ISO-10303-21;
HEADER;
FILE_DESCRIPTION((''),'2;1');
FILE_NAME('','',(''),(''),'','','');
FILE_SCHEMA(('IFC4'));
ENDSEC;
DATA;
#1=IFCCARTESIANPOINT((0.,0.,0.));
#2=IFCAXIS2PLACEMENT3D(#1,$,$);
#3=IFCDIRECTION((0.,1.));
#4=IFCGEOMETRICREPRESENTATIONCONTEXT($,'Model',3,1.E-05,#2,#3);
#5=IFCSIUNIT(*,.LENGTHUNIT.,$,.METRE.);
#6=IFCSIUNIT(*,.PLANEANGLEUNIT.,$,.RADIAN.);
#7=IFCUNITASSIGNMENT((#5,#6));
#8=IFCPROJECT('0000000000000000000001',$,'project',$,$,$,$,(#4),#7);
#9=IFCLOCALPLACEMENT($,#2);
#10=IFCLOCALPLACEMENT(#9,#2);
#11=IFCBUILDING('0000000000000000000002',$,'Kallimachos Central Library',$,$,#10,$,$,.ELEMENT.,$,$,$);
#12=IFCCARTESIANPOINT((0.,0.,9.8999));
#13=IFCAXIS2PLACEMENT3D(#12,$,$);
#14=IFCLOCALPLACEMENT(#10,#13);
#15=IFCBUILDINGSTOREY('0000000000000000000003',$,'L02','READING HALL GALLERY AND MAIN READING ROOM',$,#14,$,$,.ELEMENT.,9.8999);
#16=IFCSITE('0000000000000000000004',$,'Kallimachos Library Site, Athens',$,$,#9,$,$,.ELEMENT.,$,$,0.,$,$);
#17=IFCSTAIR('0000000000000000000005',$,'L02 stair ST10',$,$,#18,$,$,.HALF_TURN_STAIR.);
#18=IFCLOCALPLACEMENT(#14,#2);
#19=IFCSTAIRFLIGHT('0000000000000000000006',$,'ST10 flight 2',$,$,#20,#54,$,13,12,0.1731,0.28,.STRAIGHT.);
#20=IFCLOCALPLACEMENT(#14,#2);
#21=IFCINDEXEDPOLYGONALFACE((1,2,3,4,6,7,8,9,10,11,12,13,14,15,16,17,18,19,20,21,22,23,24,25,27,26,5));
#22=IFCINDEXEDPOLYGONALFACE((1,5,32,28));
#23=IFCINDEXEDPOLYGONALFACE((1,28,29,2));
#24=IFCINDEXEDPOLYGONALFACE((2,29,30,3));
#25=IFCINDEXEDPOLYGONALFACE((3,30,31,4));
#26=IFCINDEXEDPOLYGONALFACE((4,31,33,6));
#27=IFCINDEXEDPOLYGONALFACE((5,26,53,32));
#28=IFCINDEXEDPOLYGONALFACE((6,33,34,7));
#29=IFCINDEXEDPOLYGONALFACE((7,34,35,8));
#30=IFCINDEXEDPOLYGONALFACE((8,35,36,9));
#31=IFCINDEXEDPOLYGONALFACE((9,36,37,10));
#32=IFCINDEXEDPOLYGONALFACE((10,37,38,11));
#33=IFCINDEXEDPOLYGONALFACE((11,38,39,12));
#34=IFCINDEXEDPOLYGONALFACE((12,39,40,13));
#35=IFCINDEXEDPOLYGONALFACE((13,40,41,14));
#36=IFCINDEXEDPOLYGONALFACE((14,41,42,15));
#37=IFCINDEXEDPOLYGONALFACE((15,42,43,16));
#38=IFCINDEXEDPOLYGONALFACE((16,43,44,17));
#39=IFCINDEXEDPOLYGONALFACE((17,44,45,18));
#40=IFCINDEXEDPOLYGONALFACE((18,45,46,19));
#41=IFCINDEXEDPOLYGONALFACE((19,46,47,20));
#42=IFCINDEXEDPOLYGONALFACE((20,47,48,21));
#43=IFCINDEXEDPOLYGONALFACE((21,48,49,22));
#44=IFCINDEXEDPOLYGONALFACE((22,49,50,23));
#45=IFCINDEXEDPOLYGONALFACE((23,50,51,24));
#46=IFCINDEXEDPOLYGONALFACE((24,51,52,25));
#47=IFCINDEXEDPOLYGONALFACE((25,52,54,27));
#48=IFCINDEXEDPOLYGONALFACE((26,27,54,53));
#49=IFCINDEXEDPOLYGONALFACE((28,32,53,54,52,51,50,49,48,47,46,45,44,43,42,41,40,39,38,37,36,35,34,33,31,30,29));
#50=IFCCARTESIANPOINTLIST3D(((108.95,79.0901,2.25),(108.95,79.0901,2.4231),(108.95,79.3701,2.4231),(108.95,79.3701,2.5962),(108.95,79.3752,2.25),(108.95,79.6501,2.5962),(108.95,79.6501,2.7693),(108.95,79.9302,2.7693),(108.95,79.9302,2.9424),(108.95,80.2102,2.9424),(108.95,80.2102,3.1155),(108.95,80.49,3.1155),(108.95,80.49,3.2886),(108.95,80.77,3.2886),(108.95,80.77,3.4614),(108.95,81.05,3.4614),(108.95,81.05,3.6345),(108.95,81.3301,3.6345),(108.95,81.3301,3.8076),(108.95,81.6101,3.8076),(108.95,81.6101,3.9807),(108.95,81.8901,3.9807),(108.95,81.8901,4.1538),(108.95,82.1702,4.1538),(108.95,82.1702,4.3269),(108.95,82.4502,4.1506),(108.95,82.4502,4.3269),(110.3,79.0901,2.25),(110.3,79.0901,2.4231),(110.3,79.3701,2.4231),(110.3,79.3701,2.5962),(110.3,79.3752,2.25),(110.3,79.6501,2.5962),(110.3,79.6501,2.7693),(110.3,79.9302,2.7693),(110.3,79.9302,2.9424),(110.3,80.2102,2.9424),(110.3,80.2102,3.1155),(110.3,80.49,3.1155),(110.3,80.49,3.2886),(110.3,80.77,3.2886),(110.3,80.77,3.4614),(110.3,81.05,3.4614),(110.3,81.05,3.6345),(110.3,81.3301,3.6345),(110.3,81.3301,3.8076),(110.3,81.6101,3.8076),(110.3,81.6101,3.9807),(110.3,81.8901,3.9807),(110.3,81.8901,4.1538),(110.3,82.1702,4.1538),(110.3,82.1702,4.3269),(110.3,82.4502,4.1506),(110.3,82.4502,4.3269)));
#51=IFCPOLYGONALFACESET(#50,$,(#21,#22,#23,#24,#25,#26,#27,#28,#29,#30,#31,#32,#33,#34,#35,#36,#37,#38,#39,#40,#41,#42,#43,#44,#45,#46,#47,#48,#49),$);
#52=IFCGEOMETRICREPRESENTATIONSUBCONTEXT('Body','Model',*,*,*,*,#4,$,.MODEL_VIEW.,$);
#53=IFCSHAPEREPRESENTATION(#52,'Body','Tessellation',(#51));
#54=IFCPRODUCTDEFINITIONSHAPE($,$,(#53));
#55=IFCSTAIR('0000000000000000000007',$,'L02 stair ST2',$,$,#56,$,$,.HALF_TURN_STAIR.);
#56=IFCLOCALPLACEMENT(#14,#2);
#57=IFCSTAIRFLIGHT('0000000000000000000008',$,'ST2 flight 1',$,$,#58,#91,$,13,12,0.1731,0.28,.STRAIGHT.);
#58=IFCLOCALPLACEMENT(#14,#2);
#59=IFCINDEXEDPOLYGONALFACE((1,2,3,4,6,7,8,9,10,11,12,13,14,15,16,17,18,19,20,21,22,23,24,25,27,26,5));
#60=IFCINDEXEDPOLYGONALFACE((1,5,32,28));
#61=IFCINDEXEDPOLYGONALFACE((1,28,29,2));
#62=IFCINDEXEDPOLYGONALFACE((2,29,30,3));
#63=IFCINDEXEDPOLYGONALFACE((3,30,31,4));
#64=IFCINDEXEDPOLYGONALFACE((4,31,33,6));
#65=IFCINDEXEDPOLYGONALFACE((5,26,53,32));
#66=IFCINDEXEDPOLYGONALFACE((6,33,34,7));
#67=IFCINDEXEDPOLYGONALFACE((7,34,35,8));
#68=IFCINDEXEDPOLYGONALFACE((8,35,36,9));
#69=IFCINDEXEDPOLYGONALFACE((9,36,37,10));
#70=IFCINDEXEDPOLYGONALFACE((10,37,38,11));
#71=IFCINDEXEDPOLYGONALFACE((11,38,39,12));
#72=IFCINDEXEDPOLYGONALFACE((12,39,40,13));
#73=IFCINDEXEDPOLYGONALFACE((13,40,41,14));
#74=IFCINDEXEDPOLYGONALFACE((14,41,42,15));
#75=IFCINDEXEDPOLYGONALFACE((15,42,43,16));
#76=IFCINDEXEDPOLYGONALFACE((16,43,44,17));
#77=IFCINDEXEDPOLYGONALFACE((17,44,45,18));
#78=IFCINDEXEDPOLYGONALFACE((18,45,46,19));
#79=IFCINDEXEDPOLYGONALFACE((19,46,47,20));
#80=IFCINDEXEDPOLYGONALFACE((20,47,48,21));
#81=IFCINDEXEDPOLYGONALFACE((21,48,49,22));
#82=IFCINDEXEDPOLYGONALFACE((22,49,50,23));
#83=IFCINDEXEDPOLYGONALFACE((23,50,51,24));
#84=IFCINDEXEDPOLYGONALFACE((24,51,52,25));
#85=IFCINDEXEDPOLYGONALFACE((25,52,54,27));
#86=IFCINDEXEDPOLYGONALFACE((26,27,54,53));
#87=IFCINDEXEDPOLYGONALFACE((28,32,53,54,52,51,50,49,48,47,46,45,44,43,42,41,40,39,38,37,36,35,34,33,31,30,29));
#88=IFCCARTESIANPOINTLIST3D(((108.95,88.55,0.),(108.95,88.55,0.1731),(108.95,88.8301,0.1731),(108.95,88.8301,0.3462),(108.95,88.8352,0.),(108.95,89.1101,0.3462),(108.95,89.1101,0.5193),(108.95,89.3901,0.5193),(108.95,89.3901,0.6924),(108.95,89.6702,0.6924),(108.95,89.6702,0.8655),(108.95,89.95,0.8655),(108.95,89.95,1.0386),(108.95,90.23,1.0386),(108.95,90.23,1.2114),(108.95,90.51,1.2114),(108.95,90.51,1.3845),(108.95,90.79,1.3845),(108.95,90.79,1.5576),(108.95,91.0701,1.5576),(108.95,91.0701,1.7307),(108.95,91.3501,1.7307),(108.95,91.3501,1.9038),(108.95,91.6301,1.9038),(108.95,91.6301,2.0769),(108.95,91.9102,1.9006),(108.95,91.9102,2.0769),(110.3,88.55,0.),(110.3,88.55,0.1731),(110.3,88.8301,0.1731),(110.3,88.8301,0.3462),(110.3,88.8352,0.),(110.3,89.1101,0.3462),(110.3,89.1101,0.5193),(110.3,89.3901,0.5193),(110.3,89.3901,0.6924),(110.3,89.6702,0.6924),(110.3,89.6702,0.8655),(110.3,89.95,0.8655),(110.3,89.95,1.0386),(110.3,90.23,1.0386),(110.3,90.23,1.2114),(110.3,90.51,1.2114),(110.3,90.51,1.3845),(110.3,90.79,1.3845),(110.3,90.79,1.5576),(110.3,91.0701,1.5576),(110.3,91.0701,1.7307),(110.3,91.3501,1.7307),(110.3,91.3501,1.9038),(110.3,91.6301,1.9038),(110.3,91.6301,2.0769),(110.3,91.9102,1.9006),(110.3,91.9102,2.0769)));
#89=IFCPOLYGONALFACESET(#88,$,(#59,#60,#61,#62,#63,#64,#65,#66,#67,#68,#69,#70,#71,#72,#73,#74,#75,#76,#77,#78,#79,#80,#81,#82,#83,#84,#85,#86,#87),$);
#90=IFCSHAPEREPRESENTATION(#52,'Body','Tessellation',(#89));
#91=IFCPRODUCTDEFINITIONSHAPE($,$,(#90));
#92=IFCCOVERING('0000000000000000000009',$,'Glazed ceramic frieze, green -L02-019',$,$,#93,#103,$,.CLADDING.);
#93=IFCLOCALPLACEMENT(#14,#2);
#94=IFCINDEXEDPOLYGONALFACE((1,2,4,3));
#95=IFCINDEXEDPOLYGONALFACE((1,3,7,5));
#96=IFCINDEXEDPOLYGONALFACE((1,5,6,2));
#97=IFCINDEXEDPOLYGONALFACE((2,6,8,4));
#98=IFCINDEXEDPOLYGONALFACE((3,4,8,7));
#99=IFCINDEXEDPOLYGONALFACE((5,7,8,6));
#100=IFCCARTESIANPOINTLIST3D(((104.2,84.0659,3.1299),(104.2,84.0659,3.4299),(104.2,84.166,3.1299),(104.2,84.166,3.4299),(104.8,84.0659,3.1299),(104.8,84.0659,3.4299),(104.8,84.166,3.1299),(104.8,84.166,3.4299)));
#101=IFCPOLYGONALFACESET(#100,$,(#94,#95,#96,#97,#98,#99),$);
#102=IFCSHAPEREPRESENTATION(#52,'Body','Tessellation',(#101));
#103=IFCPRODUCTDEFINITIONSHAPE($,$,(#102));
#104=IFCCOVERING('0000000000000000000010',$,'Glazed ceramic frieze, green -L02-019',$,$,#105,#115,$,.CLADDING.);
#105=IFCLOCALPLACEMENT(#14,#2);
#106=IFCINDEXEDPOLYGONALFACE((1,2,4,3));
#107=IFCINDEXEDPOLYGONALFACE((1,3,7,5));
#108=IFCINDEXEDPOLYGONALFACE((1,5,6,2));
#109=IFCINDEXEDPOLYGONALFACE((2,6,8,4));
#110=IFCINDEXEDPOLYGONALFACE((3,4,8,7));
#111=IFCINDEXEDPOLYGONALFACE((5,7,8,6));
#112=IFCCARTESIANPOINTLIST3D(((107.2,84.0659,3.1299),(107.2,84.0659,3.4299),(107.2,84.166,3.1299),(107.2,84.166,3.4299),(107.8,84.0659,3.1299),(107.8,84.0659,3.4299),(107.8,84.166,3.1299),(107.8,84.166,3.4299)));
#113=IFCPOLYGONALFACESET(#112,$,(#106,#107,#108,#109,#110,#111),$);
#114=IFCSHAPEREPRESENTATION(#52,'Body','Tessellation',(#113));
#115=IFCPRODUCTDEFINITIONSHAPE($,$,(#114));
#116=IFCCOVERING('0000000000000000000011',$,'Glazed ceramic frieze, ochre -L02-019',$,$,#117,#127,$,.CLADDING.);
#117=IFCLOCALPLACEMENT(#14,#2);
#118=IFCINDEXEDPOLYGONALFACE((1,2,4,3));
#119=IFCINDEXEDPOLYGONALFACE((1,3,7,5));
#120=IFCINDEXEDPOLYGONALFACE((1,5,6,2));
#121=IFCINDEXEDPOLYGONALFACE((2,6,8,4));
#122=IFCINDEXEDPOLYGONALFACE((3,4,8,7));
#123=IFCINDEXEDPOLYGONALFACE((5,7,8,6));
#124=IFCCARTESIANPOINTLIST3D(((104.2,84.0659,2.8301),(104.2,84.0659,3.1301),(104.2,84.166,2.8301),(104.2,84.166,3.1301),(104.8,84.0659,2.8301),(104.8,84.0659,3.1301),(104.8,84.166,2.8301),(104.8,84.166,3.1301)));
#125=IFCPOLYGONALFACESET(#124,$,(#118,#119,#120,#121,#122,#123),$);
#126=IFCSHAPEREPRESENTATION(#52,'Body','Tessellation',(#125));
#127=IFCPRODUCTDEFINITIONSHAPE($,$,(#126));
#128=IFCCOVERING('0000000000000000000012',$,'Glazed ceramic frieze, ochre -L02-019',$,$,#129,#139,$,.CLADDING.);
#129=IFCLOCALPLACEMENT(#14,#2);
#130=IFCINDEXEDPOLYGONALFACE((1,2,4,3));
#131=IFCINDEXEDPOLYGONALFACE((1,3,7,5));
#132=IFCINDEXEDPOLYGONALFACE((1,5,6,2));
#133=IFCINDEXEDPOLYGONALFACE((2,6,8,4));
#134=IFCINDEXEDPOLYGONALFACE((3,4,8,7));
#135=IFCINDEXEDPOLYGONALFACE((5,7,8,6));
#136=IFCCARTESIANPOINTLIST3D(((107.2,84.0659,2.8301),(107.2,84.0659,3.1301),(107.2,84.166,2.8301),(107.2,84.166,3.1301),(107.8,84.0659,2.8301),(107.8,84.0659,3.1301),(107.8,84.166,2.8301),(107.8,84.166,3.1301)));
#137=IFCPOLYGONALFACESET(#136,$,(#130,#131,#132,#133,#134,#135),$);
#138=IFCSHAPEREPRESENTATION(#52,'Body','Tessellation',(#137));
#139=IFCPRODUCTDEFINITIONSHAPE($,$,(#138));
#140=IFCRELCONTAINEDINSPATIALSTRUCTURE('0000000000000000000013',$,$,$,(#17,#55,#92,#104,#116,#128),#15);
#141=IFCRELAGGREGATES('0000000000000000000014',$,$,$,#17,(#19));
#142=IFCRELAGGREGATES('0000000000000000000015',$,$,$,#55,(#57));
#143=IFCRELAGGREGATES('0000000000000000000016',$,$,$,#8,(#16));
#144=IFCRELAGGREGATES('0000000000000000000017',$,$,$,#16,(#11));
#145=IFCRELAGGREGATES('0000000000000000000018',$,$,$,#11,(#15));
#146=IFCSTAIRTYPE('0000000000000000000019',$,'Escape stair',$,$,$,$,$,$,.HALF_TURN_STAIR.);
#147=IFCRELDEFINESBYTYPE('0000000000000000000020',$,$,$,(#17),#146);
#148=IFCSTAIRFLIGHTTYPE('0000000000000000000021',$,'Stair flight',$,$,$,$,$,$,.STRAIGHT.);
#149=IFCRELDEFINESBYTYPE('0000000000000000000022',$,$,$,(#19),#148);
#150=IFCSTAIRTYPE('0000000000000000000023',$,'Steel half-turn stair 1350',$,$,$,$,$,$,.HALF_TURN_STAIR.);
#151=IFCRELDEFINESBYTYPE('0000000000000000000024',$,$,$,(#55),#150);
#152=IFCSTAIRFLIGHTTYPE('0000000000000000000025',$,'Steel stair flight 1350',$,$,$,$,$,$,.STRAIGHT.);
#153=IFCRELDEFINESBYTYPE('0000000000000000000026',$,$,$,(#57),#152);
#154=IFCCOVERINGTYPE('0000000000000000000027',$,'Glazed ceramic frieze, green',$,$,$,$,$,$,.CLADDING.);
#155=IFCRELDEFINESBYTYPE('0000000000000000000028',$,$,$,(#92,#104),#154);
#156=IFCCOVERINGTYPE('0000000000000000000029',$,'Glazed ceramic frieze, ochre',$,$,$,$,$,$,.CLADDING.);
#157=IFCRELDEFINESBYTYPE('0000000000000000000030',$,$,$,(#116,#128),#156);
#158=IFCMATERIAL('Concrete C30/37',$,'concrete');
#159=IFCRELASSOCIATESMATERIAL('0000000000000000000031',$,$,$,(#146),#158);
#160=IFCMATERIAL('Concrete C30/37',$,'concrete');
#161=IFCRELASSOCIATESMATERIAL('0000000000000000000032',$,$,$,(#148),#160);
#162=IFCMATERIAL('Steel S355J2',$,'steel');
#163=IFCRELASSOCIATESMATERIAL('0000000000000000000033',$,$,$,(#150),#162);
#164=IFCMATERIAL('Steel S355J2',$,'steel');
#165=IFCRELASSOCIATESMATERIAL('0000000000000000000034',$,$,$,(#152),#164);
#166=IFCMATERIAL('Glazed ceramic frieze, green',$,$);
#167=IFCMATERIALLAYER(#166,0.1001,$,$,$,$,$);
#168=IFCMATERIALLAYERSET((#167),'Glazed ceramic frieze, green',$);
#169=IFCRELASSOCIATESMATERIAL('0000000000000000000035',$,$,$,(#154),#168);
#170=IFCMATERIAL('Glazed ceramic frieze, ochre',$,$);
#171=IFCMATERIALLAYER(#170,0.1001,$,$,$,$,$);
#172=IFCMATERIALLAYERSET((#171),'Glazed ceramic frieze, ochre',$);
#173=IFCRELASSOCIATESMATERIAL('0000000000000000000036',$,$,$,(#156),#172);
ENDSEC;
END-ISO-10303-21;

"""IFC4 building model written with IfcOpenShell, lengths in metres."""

from ifc_helpers import new_model, si_unit, direction, frame, origin, origin_2d, place, context, subcontext, project, spatial, polyline, rectangle, outline, extrude, material, layer, layer_set, type_object, element, aggregate, save


model = new_model("IFC4")

# Units and contexts
model_context = context("Model", 3, precision=1e-05, world=origin(), true_north=direction((0.0, 1.0)))
body_context = subcontext(model_context, "Body", "Model", "MODEL_VIEW")
ifc_project = project(units=[si_unit("LENGTHUNIT", "METRE"), si_unit("PLANEANGLEUNIT", "RADIAN")], contexts=[model_context])

# Site, building, storey
site_placement = place(None, origin())
site = spatial("IfcSite", under=ifc_project, at=site_placement, Name="Kallimachos Library Site, Athens", CompositionType="ELEMENT", RefElevation=0.0)
building_placement = place(site_placement, origin())
building = spatial("IfcBuilding", under=site, at=building_placement, Name="Kallimachos Central Library", CompositionType="ELEMENT")
storey_placement = place(building_placement, frame((0.0, 0.0, 9.8999)))
storey = spatial("IfcBuildingStorey", under=building, at=storey_placement, Name="L02", Description="READING HALL GALLERY AND MAIN READING ROOM", CompositionType="ELEMENT", Elevation=9.8999)

# Stair, stair flight
ifc_material_1 = material(Name="Concrete C30/37", Category="concrete")
stair_type_1 = type_object("IfcStairType", Name="Escape stair", PredefinedType="HALF_TURN_STAIR", material=ifc_material_1)
stair_1_placement = place(storey_placement, origin())
stair_1 = element("IfcStair", 1, at=stair_1_placement, inside=storey, type_object=stair_type_1, Name="L02 stair ST10", PredefinedType="HALF_TURN_STAIR")
ifc_material_2 = material(Name="Concrete C30/37", Category="concrete")
stair_flight_type_1 = type_object("IfcStairFlightType", Name="Stair flight", PredefinedType="STRAIGHT", material=ifc_material_2)
stair_flight_1_placement = place(storey_placement, frame((109.625, 79.0901, 2.25), z_axis=(0.0, 0.0, 1.0), x_axis=(0.0, 1.0, 0.0)))
stair_flight_1 = element("IfcStairFlight", 2, at=stair_flight_1_placement, type_object=stair_flight_type_1, Name="ST10 flight 2", NumberOfRisers=13, NumberOfTreads=12, PredefinedType="STRAIGHT", RiserHeight=0.1731, TreadLength=0.28, context=body_context, shape_type="SweptSolid", body=[
    extrude(outline(polyline([(0.0, 0.0), (0.0, 0.1731), (0.28, 0.1731), (0.28, 0.3462), (0.5601, 0.3462), (0.5601, 0.5193), (0.8401, 0.5193), (0.8401, 0.6924), (1.1201, 0.6924), (1.1201, 0.8655), (1.3999, 0.8655), (1.3999, 1.0386), (1.6799, 1.0386), (1.6799, 1.2114), (1.96, 1.2114), (1.96, 1.3845), (2.24, 1.3845), (2.24, 1.5576), (2.52, 1.5576), (2.52, 1.7307), (2.8, 1.7307), (2.8, 1.9038), (3.0801, 1.9038), (3.0801, 2.0769), (3.3601, 2.0769), (3.3601, 2.25), (3.3601, 1.9006), (0.2852, 0.0), (0.0, 0.0)])), frame((0.0, 0.675, 0.0), z_axis=(0.0, -1.0, 0.0), x_axis=(1.0, 0.0, 0.0)), (0.0, 0.0, 1.0), 1.3501),
])
aggregate(stair_1, [stair_flight_1])

# Stair, stair flight
ifc_material_3 = material(Name="Steel S355J2", Category="steel")
stair_type_2 = type_object("IfcStairType", Name="Steel half-turn stair 1350", PredefinedType="HALF_TURN_STAIR", material=ifc_material_3)
stair_2_placement = place(storey_placement, origin())
stair_2 = element("IfcStair", 3, at=stair_2_placement, inside=storey, type_object=stair_type_2, Name="L02 stair ST2", PredefinedType="HALF_TURN_STAIR")
ifc_material_4 = material(Name="Steel S355J2", Category="steel")
stair_flight_type_2 = type_object("IfcStairFlightType", Name="Steel stair flight 1350", PredefinedType="STRAIGHT", material=ifc_material_4)
stair_flight_2_placement = place(storey_placement, frame((109.625, 88.55, 0.0), z_axis=(0.0, 0.0, 1.0), x_axis=(0.0, 1.0, 0.0)))
stair_flight_2 = element("IfcStairFlight", 4, at=stair_flight_2_placement, type_object=stair_flight_type_2, Name="ST2 flight 1", NumberOfRisers=13, NumberOfTreads=12, PredefinedType="STRAIGHT", RiserHeight=0.1731, TreadLength=0.28, context=body_context, shape_type="SweptSolid", body=[
    extrude(outline(polyline([(0.0, 0.0), (0.0, 0.1731), (0.28, 0.1731), (0.28, 0.3462), (0.5601, 0.3462), (0.5601, 0.5193), (0.8401, 0.5193), (0.8401, 0.6924), (1.1201, 0.6924), (1.1201, 0.8655), (1.3999, 0.8655), (1.3999, 1.0386), (1.6799, 1.0386), (1.6799, 1.2114), (1.96, 1.2114), (1.96, 1.3845), (2.24, 1.3845), (2.24, 1.5576), (2.52, 1.5576), (2.52, 1.7307), (2.8, 1.7307), (2.8, 1.9038), (3.0801, 1.9038), (3.0801, 2.0769), (3.3601, 2.0769), (3.3601, 2.25), (3.3601, 1.9006), (0.2852, 0.0), (0.0, 0.0)])), frame((0.0, 0.675, 0.0), z_axis=(0.0, -1.0, 0.0), x_axis=(1.0, 0.0, 0.0)), (0.0, 0.0, 1.0), 1.3501),
])
aggregate(stair_2, [stair_flight_2])

# Coverings
ifc_material_5 = material(Name="Glazed ceramic frieze, green")
ifc_layer_1 = layer(ifc_material_5, 0.1001)
ifc_layer_set_1 = layer_set([ifc_layer_1], Name="Glazed ceramic frieze, green")
covering_type_1 = type_object("IfcCoveringType", Name="Glazed ceramic frieze, green", PredefinedType="CLADDING", material=ifc_layer_set_1)
for number, where, z_axis, x_axis, name in (
    (5, (104.5, 84.116, 3.1299), (0.0, 0.0, 1.0), (1.0, 0.0, 0.0), "Glazed ceramic frieze, green -L02-019"),
    (6, (107.5, 84.116, 3.1299), (0.0, 0.0, 1.0), (1.0, 0.0, 0.0), "Glazed ceramic frieze, green -L02-019"),
):
    element("IfcCovering", number, at=place(storey_placement, frame(where, z_axis=z_axis, x_axis=x_axis)), inside=storey, type_object=covering_type_1, Name=name, PredefinedType="CLADDING", context=body_context, shape_type="SweptSolid", body=[
        extrude(rectangle(XDim=0.6001, YDim=0.1001, at=origin_2d()), origin(), (0.0, 0.0, 1.0), 0.3),
    ])
ifc_material_6 = material(Name="Glazed ceramic frieze, ochre")
ifc_layer_2 = layer(ifc_material_6, 0.1001)
ifc_layer_set_2 = layer_set([ifc_layer_2], Name="Glazed ceramic frieze, ochre")
covering_type_2 = type_object("IfcCoveringType", Name="Glazed ceramic frieze, ochre", PredefinedType="CLADDING", material=ifc_layer_set_2)
for number, where, z_axis, x_axis, name in (
    (7, (104.5, 84.116, 2.8301), (0.0, 0.0, 1.0), (1.0, 0.0, 0.0), "Glazed ceramic frieze, ochre -L02-019"),
    (8, (107.5, 84.116, 2.8301), (0.0, 0.0, 1.0), (1.0, 0.0, 0.0), "Glazed ceramic frieze, ochre -L02-019"),
):
    element("IfcCovering", number, at=place(storey_placement, frame(where, z_axis=z_axis, x_axis=x_axis)), inside=storey, type_object=covering_type_2, Name=name, PredefinedType="CLADDING", context=body_context, shape_type="SweptSolid", body=[
        extrude(rectangle(XDim=0.6001, YDim=0.1001, at=origin_2d()), origin(), (0.0, 0.0, 1.0), 0.3),
    ])

save(model, "model.ifc")
